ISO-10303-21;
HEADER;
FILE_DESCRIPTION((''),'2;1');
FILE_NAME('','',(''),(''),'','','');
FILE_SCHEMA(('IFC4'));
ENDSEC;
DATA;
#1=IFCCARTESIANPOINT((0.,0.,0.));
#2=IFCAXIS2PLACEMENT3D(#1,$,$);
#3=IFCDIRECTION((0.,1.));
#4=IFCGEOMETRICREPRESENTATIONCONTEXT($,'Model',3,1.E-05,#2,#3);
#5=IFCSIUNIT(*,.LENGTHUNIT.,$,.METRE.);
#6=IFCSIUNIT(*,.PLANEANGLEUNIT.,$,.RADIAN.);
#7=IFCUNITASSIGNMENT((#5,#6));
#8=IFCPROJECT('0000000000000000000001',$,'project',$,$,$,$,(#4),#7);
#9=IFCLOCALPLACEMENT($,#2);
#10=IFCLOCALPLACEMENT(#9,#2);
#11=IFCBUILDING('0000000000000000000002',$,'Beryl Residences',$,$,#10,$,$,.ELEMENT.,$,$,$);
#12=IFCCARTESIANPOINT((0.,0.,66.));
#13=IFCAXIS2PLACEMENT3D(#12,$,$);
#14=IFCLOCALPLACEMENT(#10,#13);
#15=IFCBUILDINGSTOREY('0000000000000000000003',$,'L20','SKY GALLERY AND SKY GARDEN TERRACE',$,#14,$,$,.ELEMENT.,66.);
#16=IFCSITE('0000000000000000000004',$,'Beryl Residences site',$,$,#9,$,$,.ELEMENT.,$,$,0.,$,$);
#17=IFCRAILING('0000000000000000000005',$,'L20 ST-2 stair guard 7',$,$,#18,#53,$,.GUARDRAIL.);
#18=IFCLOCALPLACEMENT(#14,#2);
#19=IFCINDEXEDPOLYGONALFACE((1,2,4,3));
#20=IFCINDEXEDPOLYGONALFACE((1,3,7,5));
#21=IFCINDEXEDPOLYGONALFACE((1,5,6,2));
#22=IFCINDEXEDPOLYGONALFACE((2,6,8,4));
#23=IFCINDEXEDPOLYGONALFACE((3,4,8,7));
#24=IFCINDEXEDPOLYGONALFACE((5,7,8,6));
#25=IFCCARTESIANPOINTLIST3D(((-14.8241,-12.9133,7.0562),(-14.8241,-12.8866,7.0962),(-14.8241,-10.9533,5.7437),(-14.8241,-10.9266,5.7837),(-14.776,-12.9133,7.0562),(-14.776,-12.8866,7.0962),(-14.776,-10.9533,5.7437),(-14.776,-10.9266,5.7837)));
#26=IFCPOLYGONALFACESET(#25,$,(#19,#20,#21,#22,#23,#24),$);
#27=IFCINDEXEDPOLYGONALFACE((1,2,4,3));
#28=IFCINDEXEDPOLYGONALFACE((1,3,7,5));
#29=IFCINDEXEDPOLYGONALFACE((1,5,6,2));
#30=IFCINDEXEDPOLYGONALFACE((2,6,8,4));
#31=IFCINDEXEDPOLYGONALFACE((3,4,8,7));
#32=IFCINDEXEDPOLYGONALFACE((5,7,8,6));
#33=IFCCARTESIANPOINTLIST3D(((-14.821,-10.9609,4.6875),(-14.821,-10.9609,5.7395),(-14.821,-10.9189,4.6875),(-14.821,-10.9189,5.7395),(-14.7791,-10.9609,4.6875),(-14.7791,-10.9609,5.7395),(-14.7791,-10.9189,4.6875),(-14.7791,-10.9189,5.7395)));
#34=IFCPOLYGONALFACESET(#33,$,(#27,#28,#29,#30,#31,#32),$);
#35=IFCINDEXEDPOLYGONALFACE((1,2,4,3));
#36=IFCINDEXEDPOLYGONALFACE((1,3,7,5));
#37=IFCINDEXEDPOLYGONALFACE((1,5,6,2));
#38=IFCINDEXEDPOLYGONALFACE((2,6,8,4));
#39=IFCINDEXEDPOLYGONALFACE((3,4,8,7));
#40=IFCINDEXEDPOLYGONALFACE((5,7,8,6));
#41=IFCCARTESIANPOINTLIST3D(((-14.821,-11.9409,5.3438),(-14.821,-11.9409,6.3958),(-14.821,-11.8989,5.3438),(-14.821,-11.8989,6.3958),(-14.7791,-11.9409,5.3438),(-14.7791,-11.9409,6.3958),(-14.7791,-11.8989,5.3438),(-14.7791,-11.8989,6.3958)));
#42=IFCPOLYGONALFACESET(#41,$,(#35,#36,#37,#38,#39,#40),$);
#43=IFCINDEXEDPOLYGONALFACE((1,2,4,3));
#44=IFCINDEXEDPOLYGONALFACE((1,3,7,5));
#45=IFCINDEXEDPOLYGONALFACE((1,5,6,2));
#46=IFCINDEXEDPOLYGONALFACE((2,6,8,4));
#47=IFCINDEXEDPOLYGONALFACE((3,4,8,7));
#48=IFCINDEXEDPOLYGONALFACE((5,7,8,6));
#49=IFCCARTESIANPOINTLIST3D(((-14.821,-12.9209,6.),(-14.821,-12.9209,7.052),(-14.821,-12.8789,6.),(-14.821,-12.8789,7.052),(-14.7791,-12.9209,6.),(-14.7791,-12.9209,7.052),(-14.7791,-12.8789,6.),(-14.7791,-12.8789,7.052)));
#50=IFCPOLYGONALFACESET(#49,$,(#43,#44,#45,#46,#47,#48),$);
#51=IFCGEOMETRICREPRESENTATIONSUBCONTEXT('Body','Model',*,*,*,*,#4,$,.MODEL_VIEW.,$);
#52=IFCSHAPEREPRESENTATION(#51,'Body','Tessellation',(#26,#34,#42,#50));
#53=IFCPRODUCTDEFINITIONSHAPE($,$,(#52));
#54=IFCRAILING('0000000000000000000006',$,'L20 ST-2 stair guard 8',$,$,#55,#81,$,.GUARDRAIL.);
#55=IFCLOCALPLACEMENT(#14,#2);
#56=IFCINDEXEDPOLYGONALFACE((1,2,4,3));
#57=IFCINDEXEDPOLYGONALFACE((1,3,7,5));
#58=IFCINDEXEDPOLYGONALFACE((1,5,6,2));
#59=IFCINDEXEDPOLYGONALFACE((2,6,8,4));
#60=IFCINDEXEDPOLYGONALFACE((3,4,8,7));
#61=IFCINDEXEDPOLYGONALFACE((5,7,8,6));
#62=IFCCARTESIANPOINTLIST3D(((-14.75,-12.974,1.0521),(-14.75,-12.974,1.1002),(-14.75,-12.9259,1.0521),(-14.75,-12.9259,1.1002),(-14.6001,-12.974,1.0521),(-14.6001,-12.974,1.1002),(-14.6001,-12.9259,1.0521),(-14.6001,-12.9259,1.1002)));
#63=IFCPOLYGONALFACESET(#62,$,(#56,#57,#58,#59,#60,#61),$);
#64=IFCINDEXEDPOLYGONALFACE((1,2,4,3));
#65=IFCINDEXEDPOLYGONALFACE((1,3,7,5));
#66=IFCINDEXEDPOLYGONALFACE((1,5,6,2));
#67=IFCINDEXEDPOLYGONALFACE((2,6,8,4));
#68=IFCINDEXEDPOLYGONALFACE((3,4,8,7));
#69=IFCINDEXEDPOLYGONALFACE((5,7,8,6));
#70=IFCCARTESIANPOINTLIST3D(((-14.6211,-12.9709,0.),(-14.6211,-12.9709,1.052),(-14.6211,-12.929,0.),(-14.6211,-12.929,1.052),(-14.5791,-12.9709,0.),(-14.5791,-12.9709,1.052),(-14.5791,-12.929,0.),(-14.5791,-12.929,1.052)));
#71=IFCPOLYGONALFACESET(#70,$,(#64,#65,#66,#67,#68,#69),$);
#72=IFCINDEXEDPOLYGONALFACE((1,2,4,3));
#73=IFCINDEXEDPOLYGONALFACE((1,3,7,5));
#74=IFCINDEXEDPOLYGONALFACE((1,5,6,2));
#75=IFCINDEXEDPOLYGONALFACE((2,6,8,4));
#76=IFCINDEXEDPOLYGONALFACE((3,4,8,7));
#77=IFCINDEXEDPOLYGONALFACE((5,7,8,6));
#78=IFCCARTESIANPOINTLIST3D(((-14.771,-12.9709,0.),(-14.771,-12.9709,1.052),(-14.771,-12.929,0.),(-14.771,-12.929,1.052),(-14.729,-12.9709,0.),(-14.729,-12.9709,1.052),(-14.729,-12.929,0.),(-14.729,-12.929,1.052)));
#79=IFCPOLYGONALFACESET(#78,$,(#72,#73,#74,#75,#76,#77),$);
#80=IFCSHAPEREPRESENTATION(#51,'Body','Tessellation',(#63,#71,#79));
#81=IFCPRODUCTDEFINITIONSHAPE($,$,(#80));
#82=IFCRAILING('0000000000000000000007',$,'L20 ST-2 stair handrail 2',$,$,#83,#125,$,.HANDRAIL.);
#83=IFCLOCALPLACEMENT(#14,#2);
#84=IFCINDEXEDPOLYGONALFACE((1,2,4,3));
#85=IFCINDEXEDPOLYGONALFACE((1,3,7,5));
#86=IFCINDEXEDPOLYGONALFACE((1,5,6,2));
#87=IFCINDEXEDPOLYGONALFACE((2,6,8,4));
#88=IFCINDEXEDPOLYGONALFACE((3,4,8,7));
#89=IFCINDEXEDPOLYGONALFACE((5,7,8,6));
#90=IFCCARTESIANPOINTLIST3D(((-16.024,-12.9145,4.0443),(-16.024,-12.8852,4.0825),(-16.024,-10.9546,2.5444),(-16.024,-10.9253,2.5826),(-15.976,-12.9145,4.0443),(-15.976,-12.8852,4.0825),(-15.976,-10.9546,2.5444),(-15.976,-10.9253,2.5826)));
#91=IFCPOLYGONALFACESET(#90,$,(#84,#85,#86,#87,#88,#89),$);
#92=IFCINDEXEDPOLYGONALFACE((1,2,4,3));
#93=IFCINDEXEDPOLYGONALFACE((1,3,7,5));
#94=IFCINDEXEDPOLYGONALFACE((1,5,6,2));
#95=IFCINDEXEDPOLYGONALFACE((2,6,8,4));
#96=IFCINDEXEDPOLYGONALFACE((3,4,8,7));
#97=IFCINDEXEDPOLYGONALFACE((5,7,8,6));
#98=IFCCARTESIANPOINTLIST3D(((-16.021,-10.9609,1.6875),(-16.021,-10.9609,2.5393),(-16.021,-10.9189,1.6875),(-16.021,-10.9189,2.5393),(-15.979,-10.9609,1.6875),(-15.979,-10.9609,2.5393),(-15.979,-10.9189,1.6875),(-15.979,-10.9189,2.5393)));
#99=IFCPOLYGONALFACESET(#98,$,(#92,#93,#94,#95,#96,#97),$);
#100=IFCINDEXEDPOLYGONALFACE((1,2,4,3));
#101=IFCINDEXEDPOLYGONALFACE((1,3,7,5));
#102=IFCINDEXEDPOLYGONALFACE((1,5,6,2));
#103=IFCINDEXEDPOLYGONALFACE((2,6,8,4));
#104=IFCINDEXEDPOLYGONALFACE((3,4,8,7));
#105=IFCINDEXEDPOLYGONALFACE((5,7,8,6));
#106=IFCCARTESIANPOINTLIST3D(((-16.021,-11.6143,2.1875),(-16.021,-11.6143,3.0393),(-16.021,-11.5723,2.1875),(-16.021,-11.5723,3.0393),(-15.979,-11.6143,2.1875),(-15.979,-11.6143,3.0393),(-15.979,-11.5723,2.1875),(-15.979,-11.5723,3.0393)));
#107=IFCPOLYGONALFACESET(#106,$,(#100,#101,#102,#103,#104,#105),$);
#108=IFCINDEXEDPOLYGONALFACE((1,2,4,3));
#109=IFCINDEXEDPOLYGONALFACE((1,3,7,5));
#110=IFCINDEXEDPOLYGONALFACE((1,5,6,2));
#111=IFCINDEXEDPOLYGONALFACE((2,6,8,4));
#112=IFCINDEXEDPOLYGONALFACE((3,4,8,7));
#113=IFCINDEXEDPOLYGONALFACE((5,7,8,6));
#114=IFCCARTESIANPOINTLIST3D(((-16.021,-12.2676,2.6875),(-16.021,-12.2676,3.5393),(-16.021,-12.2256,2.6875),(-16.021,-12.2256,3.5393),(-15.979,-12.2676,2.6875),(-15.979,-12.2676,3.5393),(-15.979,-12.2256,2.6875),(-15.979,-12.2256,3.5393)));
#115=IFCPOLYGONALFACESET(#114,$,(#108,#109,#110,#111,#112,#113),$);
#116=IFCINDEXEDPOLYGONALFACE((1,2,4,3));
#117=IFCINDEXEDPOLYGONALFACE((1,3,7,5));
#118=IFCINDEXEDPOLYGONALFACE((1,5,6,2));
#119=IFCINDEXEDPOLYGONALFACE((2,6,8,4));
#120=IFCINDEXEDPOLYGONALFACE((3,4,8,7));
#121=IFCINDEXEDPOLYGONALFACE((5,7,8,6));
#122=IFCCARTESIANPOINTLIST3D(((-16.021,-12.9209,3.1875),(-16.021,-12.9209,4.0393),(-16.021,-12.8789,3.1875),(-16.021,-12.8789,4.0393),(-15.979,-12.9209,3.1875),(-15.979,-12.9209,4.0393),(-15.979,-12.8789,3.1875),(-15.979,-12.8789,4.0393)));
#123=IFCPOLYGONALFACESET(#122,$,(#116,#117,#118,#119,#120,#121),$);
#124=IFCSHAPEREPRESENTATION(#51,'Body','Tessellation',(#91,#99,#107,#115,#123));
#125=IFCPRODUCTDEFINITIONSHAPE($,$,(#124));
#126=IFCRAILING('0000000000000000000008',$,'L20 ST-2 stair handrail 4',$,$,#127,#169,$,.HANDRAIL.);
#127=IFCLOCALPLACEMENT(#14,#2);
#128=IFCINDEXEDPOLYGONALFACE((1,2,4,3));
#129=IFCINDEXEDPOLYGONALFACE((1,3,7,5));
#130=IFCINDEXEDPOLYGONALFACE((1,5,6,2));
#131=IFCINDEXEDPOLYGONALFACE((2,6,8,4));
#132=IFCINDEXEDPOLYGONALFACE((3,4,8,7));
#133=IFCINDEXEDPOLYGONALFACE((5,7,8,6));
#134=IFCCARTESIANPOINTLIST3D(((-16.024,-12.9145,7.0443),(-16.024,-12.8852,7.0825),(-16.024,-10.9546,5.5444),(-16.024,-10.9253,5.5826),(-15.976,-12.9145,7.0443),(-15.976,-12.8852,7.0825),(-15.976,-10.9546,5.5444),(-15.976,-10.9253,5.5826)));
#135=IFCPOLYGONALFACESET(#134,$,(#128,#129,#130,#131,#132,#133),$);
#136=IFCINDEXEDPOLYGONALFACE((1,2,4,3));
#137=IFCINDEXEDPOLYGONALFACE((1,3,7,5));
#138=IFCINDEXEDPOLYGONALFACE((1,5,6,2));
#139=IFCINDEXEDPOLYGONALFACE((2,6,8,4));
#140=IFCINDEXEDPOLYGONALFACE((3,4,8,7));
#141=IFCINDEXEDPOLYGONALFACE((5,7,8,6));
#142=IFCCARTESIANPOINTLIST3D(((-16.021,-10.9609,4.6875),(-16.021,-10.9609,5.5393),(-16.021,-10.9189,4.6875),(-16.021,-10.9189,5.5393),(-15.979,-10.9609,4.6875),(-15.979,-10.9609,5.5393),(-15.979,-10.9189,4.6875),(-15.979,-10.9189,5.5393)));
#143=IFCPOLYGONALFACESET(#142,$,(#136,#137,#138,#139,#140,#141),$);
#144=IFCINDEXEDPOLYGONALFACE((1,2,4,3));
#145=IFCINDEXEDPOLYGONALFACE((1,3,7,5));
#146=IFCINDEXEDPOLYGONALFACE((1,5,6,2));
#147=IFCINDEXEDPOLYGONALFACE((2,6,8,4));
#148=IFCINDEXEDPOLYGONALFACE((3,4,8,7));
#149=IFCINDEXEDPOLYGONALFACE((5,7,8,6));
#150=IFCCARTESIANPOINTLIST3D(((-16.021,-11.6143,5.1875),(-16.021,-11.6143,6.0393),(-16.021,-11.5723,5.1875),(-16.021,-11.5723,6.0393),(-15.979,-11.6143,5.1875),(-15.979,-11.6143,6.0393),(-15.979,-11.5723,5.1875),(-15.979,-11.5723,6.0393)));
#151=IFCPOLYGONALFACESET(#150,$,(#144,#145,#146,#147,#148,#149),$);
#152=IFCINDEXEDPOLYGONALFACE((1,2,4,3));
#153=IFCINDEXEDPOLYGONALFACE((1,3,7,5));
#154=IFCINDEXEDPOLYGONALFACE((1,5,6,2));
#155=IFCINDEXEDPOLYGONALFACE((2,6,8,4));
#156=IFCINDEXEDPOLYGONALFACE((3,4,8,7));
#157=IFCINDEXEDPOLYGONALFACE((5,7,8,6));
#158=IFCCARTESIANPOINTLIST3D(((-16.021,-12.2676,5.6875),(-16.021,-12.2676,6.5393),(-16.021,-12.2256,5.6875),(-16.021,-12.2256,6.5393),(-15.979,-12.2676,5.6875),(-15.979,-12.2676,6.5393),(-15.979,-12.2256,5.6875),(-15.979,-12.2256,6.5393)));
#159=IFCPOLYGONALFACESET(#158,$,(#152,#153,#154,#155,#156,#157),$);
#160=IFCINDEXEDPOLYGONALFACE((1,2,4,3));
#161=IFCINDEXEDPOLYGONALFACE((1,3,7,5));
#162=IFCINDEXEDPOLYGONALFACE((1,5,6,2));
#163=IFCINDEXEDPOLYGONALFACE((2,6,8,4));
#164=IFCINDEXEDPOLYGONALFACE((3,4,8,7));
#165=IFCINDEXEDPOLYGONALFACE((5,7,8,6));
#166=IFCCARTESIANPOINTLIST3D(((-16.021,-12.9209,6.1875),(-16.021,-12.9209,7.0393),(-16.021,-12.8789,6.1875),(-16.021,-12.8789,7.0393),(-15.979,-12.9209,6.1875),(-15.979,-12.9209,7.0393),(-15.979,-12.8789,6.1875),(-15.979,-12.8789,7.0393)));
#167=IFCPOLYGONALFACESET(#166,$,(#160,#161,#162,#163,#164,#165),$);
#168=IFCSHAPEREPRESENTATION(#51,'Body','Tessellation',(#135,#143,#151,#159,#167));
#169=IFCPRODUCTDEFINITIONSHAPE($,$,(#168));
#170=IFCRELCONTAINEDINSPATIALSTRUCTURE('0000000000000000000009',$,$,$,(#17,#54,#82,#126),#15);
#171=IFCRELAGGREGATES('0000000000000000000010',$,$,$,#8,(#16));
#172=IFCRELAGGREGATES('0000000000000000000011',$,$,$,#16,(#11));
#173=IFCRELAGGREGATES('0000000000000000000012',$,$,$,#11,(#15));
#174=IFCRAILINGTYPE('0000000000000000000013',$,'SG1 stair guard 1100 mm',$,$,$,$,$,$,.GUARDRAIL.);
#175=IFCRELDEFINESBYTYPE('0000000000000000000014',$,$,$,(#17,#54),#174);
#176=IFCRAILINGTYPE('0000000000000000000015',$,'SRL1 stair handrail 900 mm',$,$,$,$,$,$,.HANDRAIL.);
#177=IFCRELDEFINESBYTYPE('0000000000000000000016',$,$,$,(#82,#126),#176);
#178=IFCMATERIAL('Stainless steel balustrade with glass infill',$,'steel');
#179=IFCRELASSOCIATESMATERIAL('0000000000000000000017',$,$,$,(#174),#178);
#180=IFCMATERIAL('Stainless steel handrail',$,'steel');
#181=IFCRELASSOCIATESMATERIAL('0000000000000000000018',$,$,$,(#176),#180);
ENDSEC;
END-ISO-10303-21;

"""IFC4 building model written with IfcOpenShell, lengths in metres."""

from ifc_helpers import new_model, si_unit, direction, frame, origin, origin_2d, place, context, subcontext, project, spatial, rectangle, extrude, material, type_object, element, save


model = new_model("IFC4")

# Units and contexts
model_context = context("Model", 3, precision=1e-05, world=origin(), true_north=direction((0.0, 1.0)))
body_context = subcontext(model_context, "Body", "Model", "MODEL_VIEW")
ifc_project = project(units=[si_unit("LENGTHUNIT", "METRE"), si_unit("PLANEANGLEUNIT", "RADIAN")], contexts=[model_context])

# Site, building, storey
site_placement = place(None, origin())
site = spatial("IfcSite", under=ifc_project, at=site_placement, Name="Beryl Residences site", CompositionType="ELEMENT", RefElevation=0.0)
building_placement = place(site_placement, origin())
building = spatial("IfcBuilding", under=site, at=building_placement, Name="Beryl Residences", CompositionType="ELEMENT")
storey_placement = place(building_placement, frame((0.0, 0.0, 66.0)))
storey = spatial("IfcBuildingStorey", under=building, at=storey_placement, Name="L20", Description="SKY GALLERY AND SKY GARDEN TERRACE", CompositionType="ELEMENT", Elevation=66.0)

# Railings
ifc_material_1 = material(Name="Stainless steel balustrade with glass infill", Category="steel")
railing_type_1 = type_object("IfcRailingType", Name="SG1 stair guard 1100 mm", PredefinedType="GUARDRAIL", material=ifc_material_1)
railing_1_placement = place(storey_placement, frame((-14.8, -10.9399, 4.6875)))
element("IfcRailing", 1, at=railing_1_placement, inside=storey, type_object=railing_type_1, Name="L20 ST-2 stair guard 7", PredefinedType="GUARDRAIL", context=body_context, shape_type="SweptSolid", body=[
    extrude(rectangle(XDim=0.0481, YDim=0.0481, at=origin_2d()), frame((0.0, 0.0, 1.0762), z_axis=(0.0, -0.830902, 0.556419), x_axis=(1.0, 0.0, 0.0)), (0.0, 0.0, 1.0), 2.3589),
    extrude(rectangle(XDim=0.042, YDim=0.042, at=origin_2d()), origin(), (0.0, 0.0, 1.0), 1.052),
    extrude(rectangle(XDim=0.042, YDim=0.042, at=origin_2d()), frame((0.0, -0.98, 0.6562)), (0.0, 0.0, 1.0), 1.052),
    extrude(rectangle(XDim=0.042, YDim=0.042, at=origin_2d()), frame((0.0, -1.96, 1.3125)), (0.0, 0.0, 1.0), 1.052),
])
railing_2_placement = place(storey_placement, frame((-14.6001, -12.95, 0.0)))
element("IfcRailing", 2, at=railing_2_placement, inside=storey, type_object=railing_type_1, Name="L20 ST-2 stair guard 8", PredefinedType="GUARDRAIL", context=body_context, shape_type="SweptSolid", body=[
    extrude(rectangle(XDim=0.0481, YDim=0.0481, at=origin_2d()), frame((0.0, 0.0, 1.0762), z_axis=(-1.0, 0.0, 0.0), x_axis=(0.0, -1.0, 0.0)), (0.0, 0.0, 1.0), 0.1499),
    extrude(rectangle(XDim=0.042, YDim=0.042, at=origin_2d()), origin(), (0.0, 0.0, 1.0), 1.052),
    extrude(rectangle(XDim=0.042, YDim=0.042, at=origin_2d()), frame((-0.1499, 0.0, 0.0)), (0.0, 0.0, 1.0), 1.052),
])
ifc_material_2 = material(Name="Stainless steel handrail", Category="steel")
railing_type_2 = type_object("IfcRailingType", Name="SRL1 stair handrail 900 mm", PredefinedType="HANDRAIL", material=ifc_material_2)
for number, where, name in (
    (3, (-16.0, -10.9399, 1.6875), "L20 ST-2 stair handrail 2"),
    (4, (-16.0, -10.9399, 4.6875), "L20 ST-2 stair handrail 4"),
):
    element("IfcRailing", number, at=place(storey_placement, frame(where)), inside=storey, type_object=railing_type_2, Name=name, PredefinedType="HANDRAIL", context=body_context, shape_type="SweptSolid", body=[
        extrude(rectangle(XDim=0.0481, YDim=0.0481, at=origin_2d()), frame((0.0, 0.0, 0.876), z_axis=(0.0, -0.794122, 0.607758), x_axis=(1.0, 0.0, 0.0)), (0.0, 0.0, 1.0), 2.468),
        extrude(rectangle(XDim=0.042, YDim=0.042, at=origin_2d()), origin(), (0.0, 0.0, 1.0), 0.8518),
        extrude(rectangle(XDim=0.042, YDim=0.042, at=origin_2d()), frame((0.0, -0.6533, 0.5)), (0.0, 0.0, 1.0), 0.8518),
        extrude(rectangle(XDim=0.042, YDim=0.042, at=origin_2d()), frame((0.0, -1.3066, 1.0)), (0.0, 0.0, 1.0), 0.8518),
        extrude(rectangle(XDim=0.042, YDim=0.042, at=origin_2d()), frame((0.0, -1.96, 1.5)), (0.0, 0.0, 1.0), 0.8518),
    ])

save(model, "model.ifc")
